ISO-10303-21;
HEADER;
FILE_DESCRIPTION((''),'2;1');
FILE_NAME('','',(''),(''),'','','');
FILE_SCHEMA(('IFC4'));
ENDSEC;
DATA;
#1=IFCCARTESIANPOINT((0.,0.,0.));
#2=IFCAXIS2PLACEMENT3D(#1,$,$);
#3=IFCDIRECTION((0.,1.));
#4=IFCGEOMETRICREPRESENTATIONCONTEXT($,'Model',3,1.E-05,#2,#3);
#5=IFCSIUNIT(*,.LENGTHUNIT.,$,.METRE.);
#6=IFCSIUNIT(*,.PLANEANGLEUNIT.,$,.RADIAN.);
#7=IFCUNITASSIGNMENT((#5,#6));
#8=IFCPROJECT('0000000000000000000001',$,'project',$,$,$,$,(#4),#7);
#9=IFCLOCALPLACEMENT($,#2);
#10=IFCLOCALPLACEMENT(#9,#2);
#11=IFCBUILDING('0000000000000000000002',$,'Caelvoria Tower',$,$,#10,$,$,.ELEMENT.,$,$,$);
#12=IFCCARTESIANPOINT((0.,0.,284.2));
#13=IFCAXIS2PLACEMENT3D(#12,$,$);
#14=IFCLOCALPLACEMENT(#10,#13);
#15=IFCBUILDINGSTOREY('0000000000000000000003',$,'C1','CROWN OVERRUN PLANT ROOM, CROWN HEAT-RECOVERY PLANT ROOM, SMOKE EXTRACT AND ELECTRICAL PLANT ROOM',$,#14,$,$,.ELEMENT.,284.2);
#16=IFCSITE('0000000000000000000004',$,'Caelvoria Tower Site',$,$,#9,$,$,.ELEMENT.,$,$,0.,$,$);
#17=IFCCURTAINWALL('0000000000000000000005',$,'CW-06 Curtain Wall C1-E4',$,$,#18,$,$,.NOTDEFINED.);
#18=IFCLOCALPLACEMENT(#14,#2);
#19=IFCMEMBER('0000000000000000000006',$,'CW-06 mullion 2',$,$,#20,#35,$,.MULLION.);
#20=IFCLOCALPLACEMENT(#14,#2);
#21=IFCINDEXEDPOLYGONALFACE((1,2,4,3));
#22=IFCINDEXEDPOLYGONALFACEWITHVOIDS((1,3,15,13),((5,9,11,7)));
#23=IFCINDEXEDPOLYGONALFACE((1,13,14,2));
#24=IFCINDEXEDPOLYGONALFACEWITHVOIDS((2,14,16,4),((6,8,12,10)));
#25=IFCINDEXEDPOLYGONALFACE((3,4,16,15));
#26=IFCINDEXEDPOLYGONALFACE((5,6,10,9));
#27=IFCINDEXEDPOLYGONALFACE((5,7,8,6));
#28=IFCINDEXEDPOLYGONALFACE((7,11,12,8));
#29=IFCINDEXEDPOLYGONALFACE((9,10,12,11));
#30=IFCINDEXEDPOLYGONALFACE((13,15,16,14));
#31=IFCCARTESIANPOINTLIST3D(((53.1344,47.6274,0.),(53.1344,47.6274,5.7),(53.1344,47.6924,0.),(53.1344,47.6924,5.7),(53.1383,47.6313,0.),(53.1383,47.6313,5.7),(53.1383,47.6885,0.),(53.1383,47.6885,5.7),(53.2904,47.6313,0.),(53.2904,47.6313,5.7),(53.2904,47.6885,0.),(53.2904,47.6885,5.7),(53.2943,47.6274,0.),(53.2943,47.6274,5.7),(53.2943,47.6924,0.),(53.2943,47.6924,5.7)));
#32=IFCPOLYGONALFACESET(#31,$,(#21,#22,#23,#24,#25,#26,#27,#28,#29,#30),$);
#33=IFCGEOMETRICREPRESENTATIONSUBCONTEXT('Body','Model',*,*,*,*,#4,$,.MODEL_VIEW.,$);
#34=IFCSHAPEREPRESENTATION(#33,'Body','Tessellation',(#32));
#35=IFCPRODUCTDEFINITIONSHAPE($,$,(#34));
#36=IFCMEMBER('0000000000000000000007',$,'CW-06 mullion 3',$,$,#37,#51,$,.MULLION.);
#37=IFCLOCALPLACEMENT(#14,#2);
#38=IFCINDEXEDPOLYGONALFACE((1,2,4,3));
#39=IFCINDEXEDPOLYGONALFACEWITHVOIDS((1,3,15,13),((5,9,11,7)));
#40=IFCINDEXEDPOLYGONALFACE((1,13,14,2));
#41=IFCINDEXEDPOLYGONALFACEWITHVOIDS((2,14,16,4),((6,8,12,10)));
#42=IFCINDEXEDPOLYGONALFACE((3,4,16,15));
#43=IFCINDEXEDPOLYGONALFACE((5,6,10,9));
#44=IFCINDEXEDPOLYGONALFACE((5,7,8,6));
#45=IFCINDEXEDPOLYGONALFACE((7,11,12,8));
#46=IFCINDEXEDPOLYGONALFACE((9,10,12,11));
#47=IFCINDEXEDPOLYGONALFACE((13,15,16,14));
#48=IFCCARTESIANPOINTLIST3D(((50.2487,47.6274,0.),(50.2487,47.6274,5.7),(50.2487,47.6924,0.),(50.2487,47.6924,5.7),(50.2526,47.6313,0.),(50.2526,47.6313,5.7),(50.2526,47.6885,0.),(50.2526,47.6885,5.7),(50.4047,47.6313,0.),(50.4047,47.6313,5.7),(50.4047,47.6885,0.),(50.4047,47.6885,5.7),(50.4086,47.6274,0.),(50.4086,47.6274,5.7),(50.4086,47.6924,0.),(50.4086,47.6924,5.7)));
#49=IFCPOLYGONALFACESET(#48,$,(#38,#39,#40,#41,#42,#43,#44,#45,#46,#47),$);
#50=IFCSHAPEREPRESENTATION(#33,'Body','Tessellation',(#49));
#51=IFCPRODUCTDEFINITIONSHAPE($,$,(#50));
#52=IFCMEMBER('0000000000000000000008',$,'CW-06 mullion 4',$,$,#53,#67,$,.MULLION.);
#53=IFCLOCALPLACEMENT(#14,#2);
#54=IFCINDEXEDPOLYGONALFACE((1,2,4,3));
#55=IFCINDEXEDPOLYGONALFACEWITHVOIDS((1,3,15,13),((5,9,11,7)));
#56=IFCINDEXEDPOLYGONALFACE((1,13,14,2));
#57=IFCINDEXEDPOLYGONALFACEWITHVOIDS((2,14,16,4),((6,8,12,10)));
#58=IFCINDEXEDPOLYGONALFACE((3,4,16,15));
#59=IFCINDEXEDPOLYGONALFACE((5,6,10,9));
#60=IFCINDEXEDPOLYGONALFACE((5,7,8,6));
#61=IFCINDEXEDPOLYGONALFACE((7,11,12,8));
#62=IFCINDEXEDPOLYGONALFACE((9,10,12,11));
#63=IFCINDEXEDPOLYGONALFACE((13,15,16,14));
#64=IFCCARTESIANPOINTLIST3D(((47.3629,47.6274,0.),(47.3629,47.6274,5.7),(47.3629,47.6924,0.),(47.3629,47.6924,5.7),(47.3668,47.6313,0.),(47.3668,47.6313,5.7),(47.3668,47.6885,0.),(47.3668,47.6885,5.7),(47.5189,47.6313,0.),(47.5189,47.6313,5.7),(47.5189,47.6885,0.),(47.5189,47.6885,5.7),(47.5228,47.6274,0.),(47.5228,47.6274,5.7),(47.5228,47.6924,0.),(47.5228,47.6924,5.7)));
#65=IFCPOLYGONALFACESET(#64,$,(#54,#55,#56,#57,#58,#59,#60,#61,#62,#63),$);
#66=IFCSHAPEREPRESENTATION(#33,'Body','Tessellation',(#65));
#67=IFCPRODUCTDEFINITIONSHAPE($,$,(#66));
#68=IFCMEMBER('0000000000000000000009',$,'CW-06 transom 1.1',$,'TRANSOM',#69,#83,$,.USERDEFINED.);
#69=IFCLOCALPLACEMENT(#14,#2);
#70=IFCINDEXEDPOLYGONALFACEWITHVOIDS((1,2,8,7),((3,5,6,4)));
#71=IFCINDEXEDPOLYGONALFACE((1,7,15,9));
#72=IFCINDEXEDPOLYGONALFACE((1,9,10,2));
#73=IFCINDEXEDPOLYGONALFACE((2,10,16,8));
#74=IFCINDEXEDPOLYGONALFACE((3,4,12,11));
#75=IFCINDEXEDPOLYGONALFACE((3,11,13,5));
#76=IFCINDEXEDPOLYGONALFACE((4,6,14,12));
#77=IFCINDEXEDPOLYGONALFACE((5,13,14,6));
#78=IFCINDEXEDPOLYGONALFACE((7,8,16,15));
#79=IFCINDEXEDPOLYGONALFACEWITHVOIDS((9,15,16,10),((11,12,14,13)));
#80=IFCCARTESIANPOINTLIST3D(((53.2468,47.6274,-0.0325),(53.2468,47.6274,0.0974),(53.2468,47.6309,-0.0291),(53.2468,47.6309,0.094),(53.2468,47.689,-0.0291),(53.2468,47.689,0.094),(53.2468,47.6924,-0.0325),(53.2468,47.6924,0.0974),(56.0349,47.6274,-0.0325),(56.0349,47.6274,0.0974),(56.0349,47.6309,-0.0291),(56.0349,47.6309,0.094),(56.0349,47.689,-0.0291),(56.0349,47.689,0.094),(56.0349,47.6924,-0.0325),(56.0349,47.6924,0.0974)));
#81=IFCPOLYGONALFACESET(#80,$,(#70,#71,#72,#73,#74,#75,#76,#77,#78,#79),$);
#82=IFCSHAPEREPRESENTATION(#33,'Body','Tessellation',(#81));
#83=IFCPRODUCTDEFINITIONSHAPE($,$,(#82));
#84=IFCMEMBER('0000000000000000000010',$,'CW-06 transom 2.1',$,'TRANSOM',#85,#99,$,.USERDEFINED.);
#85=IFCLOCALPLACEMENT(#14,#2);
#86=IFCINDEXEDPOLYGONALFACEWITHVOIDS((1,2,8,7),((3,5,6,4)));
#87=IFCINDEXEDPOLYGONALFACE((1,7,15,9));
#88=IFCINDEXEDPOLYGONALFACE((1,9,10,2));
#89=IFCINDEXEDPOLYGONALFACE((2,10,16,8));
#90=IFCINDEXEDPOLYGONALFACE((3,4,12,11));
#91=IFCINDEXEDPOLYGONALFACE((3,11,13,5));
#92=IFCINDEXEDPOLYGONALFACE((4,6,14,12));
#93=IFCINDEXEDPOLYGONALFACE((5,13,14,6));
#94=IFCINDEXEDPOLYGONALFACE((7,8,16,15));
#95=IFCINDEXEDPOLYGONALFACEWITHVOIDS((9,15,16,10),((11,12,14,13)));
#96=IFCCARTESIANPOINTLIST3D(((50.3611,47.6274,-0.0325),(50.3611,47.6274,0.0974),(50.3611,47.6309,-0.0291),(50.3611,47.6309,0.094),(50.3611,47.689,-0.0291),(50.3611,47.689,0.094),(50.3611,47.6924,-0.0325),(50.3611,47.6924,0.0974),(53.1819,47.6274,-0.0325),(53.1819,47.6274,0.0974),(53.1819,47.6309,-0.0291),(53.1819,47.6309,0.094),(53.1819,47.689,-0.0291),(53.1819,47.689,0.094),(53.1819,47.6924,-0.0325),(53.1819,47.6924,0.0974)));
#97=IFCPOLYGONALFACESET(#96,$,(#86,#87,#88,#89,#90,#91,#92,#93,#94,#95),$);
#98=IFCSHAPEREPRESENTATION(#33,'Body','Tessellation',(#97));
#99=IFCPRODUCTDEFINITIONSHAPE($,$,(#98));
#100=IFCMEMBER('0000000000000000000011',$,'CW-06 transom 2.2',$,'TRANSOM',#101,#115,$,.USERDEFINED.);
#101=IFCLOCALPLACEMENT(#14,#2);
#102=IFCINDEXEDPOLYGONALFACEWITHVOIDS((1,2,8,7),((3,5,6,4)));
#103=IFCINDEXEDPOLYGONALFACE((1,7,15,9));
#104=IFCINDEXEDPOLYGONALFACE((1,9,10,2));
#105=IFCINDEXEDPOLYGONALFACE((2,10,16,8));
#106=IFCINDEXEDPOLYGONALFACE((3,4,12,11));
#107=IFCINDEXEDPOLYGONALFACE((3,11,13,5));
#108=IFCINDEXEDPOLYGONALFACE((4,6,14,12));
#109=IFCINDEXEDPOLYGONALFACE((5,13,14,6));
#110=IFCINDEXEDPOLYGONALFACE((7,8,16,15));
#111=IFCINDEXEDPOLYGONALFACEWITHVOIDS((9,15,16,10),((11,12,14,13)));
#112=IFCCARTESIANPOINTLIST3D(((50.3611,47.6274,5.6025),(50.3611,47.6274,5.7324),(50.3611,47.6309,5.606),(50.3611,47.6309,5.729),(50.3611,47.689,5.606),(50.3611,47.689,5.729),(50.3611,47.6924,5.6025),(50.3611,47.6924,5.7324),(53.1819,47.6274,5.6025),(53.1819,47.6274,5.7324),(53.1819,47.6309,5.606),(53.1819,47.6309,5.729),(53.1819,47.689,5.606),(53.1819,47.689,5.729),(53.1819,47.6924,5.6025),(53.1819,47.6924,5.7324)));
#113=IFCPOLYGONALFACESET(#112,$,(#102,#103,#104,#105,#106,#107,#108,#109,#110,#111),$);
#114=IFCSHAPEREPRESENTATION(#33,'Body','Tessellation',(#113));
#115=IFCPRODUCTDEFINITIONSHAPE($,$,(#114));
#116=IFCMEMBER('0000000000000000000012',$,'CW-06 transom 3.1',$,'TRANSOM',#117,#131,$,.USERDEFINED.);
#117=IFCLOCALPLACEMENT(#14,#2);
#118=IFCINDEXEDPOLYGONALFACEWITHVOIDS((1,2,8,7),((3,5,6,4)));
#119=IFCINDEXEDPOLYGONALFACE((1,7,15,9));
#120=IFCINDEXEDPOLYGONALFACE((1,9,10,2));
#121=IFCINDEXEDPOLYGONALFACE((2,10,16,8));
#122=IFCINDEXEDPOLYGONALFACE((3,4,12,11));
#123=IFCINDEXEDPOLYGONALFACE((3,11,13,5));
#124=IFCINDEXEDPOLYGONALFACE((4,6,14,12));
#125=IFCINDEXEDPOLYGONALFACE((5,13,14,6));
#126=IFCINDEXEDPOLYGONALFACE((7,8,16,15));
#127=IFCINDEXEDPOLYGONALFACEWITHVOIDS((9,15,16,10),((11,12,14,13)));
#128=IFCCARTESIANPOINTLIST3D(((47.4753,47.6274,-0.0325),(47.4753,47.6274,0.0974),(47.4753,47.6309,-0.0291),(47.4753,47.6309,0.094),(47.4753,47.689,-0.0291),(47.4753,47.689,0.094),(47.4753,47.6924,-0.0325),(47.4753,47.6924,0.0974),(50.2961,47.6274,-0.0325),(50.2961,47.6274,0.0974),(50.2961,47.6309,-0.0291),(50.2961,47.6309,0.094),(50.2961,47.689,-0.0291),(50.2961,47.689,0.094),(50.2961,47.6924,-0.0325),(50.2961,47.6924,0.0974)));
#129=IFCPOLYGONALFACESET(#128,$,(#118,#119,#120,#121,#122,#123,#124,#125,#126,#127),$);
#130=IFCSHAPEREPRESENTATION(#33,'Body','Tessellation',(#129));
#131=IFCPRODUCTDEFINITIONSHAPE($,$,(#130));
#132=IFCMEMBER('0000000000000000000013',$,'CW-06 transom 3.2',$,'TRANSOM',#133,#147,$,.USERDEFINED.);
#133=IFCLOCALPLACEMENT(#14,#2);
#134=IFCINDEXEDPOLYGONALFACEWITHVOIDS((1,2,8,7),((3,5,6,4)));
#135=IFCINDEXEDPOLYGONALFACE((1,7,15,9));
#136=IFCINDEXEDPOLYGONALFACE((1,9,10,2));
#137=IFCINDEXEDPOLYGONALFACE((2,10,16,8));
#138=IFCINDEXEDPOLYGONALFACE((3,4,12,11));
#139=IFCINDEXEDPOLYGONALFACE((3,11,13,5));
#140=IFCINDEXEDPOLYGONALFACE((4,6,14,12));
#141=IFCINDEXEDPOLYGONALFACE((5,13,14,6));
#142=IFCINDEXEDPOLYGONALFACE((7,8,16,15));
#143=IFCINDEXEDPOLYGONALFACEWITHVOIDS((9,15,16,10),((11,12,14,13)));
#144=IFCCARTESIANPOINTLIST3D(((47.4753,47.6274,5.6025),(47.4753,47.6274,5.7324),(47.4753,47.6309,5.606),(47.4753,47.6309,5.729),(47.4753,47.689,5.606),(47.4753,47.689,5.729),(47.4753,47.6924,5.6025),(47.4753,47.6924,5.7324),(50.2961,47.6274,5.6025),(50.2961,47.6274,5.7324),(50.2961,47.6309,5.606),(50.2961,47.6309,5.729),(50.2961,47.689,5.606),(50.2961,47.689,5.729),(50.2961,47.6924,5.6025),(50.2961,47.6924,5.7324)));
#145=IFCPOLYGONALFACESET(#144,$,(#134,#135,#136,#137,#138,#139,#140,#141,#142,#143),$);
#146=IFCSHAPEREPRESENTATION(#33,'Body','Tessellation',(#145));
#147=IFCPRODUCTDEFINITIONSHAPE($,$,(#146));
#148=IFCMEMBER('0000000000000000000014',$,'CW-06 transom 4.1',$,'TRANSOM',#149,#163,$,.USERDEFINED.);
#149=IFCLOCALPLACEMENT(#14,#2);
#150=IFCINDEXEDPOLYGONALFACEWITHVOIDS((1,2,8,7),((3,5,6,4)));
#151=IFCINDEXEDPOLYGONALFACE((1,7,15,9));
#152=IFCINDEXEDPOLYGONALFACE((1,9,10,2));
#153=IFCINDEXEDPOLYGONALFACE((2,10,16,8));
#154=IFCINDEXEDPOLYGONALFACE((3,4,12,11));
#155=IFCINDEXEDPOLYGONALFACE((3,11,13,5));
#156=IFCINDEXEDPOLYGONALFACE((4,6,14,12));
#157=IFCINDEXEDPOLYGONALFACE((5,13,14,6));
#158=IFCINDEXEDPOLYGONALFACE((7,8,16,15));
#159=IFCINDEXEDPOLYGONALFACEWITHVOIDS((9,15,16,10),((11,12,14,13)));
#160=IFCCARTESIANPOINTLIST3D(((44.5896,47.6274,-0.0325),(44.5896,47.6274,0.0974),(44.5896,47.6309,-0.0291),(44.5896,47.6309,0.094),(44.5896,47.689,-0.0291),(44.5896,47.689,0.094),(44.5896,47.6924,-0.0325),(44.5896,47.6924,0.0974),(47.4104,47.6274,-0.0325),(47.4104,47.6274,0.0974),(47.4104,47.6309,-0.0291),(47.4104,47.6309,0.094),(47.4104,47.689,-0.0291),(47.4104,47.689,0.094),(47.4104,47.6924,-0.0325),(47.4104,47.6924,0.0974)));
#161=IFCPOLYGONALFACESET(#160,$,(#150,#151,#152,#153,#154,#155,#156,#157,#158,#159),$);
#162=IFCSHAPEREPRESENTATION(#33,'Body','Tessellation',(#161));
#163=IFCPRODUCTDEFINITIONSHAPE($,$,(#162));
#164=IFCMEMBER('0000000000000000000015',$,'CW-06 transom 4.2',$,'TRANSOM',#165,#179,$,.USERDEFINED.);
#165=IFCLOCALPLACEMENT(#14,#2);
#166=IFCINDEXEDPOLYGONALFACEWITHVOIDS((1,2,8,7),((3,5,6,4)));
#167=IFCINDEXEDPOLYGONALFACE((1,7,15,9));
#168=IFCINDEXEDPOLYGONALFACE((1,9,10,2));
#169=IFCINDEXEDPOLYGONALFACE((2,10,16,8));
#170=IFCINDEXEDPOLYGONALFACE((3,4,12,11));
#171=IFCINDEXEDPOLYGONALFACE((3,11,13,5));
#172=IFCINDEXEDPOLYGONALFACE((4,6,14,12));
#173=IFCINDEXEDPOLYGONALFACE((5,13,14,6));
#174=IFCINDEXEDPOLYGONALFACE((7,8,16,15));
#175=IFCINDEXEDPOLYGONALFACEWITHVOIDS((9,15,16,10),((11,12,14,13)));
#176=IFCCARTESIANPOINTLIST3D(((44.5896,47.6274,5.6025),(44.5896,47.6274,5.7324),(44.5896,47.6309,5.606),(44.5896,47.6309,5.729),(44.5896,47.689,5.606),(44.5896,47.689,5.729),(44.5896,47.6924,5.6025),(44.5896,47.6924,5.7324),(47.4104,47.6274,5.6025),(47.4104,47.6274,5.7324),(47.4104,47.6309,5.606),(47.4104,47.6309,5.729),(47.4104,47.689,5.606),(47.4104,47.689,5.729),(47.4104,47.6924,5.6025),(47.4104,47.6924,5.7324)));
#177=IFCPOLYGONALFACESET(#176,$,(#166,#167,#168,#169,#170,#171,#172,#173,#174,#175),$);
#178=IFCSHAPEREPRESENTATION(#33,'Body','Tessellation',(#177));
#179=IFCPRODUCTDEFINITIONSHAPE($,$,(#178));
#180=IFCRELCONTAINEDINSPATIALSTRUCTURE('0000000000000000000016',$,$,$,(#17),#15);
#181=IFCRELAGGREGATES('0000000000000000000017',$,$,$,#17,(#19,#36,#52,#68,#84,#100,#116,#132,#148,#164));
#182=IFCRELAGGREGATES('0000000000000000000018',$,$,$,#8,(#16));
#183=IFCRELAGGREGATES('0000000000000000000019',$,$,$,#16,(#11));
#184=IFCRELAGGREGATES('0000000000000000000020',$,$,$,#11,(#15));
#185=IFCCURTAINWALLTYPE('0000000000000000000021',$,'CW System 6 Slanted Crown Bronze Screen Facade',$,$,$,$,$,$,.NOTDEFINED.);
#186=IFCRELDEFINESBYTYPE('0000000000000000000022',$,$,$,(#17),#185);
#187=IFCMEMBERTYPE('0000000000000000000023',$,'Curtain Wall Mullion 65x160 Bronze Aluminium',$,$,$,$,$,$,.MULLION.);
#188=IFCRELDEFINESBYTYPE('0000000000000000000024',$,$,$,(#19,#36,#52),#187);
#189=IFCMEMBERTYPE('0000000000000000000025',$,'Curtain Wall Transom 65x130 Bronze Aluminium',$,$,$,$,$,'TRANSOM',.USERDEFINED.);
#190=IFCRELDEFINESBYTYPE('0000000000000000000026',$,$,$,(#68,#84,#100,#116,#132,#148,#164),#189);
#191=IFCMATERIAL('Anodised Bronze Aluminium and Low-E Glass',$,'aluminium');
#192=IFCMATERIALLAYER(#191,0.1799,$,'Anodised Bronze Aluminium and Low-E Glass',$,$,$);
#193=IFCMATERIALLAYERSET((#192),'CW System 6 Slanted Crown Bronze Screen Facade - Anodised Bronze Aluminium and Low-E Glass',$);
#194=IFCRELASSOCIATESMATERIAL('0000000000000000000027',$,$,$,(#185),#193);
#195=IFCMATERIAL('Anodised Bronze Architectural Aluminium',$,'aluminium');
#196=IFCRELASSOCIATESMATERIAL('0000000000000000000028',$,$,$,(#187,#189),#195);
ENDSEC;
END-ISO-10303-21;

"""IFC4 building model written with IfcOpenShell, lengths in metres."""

from ifc_helpers import new_model, si_unit, direction, frame, origin, origin_2d, place, context, subcontext, project, spatial, hollow_rectangle, extrude, material, layer, layer_set, material_profile, profile_set, type_object, element, aggregate, save


model = new_model("IFC4")

# Units and contexts
model_context = context("Model", 3, precision=1e-05, world=origin(), true_north=direction((0.0, 1.0)))
body_context = subcontext(model_context, "Body", "Model", "MODEL_VIEW")
ifc_project = project(units=[si_unit("LENGTHUNIT", "METRE"), si_unit("PLANEANGLEUNIT", "RADIAN")], contexts=[model_context])

# Site, building, storey
site_placement = place(None, origin())
site = spatial("IfcSite", under=ifc_project, at=site_placement, Name="Caelvoria Tower Site", CompositionType="ELEMENT", RefElevation=0.0)
building_placement = place(site_placement, origin())
building = spatial("IfcBuilding", under=site, at=building_placement, Name="Caelvoria Tower", CompositionType="ELEMENT")
storey_placement = place(building_placement, frame((0.0, 0.0, 284.2)))
storey = spatial("IfcBuildingStorey", under=building, at=storey_placement, Name="C1", Description="CROWN OVERRUN PLANT ROOM, CROWN HEAT-RECOVERY PLANT ROOM, SMOKE EXTRACT AND ELECTRICAL PLANT ROOM", CompositionType="ELEMENT", Elevation=284.2)

# Shared definitions
ifc_material_1 = material(Name="Anodised Bronze Aluminium and Low-E Glass", Category="aluminium")
ifc_layer_1 = layer(ifc_material_1, 0.1799, Name="Anodised Bronze Aluminium and Low-E Glass")
ifc_layer_set_1 = layer_set([ifc_layer_1], Name="CW System 6 Slanted Crown Bronze Screen Facade - Anodised Bronze Aluminium and Low-E Glass")
curtain_wall_type = type_object("IfcCurtainWallType", Name="CW System 6 Slanted Crown Bronze Screen Facade", PredefinedType="NOTDEFINED", material=ifc_layer_set_1)
ifc_material_2 = material(Name="Anodised Bronze Architectural Aluminium", Category="aluminium")
ifc_material_profile_1 = material_profile(ifc_material_2, hollow_rectangle(XDim=0.0649, YDim=0.1599, WallThickness=0.0039, at=origin_2d()), Name="Anodised Bronze Architectural Aluminium")
ifc_profile_set_1 = profile_set([ifc_material_profile_1], Name="CW_MULL_65X160 - Anodised Bronze Architectural Aluminium")
member_type_1 = type_object("IfcMemberType", Name="Curtain Wall Mullion 65x160 Bronze Aluminium", PredefinedType="MULLION", material=ifc_profile_set_1)

# Curtain wall, members
curtain_wall_1_placement = place(storey_placement, origin())
curtain_wall_1 = element("IfcCurtainWall", 1, at=curtain_wall_1_placement, inside=storey, type_object=curtain_wall_type, Name="CW-06 Curtain Wall C1-E4", PredefinedType="NOTDEFINED")
member_1_placement = place(storey_placement, frame((53.2144, 47.6599, 0.0), z_axis=(0.0, 0.0, 1.0), x_axis=(0.0, -1.0, 0.0)))
member_1 = element("IfcMember", 2, at=member_1_placement, type_object=member_type_1, Name="CW-06 mullion 2", PredefinedType="MULLION", context=body_context, shape_type="SweptSolid", body=[
    extrude(hollow_rectangle(XDim=0.0649, YDim=0.1599, WallThickness=0.0039, at=origin_2d()), origin(), (0.0, 0.0, 1.0), 5.7),
])
member_2_placement = place(storey_placement, frame((50.3286, 47.6599, 0.0), z_axis=(0.0, 0.0, 1.0), x_axis=(0.0, -1.0, 0.0)))
member_2 = element("IfcMember", 3, at=member_2_placement, type_object=member_type_1, Name="CW-06 mullion 3", PredefinedType="MULLION", context=body_context, shape_type="SweptSolid", body=[
    extrude(hollow_rectangle(XDim=0.0649, YDim=0.1599, WallThickness=0.0039, at=origin_2d()), origin(), (0.0, 0.0, 1.0), 5.7),
])
member_3_placement = place(storey_placement, frame((47.4429, 47.6599, 0.0), z_axis=(0.0, 0.0, 1.0), x_axis=(0.0, -1.0, 0.0)))
member_3 = element("IfcMember", 4, at=member_3_placement, type_object=member_type_1, Name="CW-06 mullion 4", PredefinedType="MULLION", context=body_context, shape_type="SweptSolid", body=[
    extrude(hollow_rectangle(XDim=0.0649, YDim=0.1599, WallThickness=0.0039, at=origin_2d()), origin(), (0.0, 0.0, 1.0), 5.7),
])
ifc_material_profile_2 = material_profile(ifc_material_2, hollow_rectangle(XDim=0.0649, YDim=0.1299, WallThickness=0.0034, at=origin_2d()), Name="Anodised Bronze Architectural Aluminium")
ifc_profile_set_2 = profile_set([ifc_material_profile_2], Name="CW_TRAN_65X130 - Anodised Bronze Architectural Aluminium")
member_type_2 = type_object("IfcMemberType", Name="Curtain Wall Transom 65x130 Bronze Aluminium", ElementType="TRANSOM", PredefinedType="USERDEFINED", material=ifc_profile_set_2)
member_4_placement = place(storey_placement, frame((56.0349, 47.6599, 0.0325), z_axis=(-1.0, 0.0, 0.0), x_axis=(0.0, -1.0, 0.0)))
member_4 = element("IfcMember", 5, at=member_4_placement, type_object=member_type_2, Name="CW-06 transom 1.1", ObjectType="TRANSOM", PredefinedType="USERDEFINED", context=body_context, shape_type="SweptSolid", body=[
    extrude(hollow_rectangle(XDim=0.0649, YDim=0.1299, WallThickness=0.0034, at=origin_2d()), origin(), (0.0, 0.0, 1.0), 2.7881),
])
member_5_placement = place(storey_placement, frame((53.1819, 47.6599, 0.0325), z_axis=(-1.0, 0.0, 0.0), x_axis=(0.0, -1.0, 0.0)))
member_5 = element("IfcMember", 6, at=member_5_placement, type_object=member_type_2, Name="CW-06 transom 2.1", ObjectType="TRANSOM", PredefinedType="USERDEFINED", context=body_context, shape_type="SweptSolid", body=[
    extrude(hollow_rectangle(XDim=0.0649, YDim=0.1299, WallThickness=0.0034, at=origin_2d()), origin(), (0.0, 0.0, 1.0), 2.8208),
])
member_6_placement = place(storey_placement, frame((53.1819, 47.6599, 5.6675), z_axis=(-1.0, 0.0, 0.0), x_axis=(0.0, -1.0, 0.0)))
member_6 = element("IfcMember", 7, at=member_6_placement, type_object=member_type_2, Name="CW-06 transom 2.2", ObjectType="TRANSOM", PredefinedType="USERDEFINED", context=body_context, shape_type="SweptSolid", body=[
    extrude(hollow_rectangle(XDim=0.0649, YDim=0.1299, WallThickness=0.0034, at=origin_2d()), origin(), (0.0, 0.0, 1.0), 2.8208),
])
member_7_placement = place(storey_placement, frame((50.2961, 47.6599, 0.0325), z_axis=(-1.0, 0.0, 0.0), x_axis=(0.0, -1.0, 0.0)))
member_7 = element("IfcMember", 8, at=member_7_placement, type_object=member_type_2, Name="CW-06 transom 3.1", ObjectType="TRANSOM", PredefinedType="USERDEFINED", context=body_context, shape_type="SweptSolid", body=[
    extrude(hollow_rectangle(XDim=0.0649, YDim=0.1299, WallThickness=0.0034, at=origin_2d()), origin(), (0.0, 0.0, 1.0), 2.8208),
])
member_8_placement = place(storey_placement, frame((50.2961, 47.6599, 5.6675), z_axis=(-1.0, 0.0, 0.0), x_axis=(0.0, -1.0, 0.0)))
member_8 = element("IfcMember", 9, at=member_8_placement, type_object=member_type_2, Name="CW-06 transom 3.2", ObjectType="TRANSOM", PredefinedType="USERDEFINED", context=body_context, shape_type="SweptSolid", body=[
    extrude(hollow_rectangle(XDim=0.0649, YDim=0.1299, WallThickness=0.0034, at=origin_2d()), origin(), (0.0, 0.0, 1.0), 2.8208),
])
member_9_placement = place(storey_placement, frame((47.4104, 47.6599, 0.0325), z_axis=(-1.0, 0.0, 0.0), x_axis=(0.0, -1.0, 0.0)))
member_9 = element("IfcMember", 10, at=member_9_placement, type_object=member_type_2, Name="CW-06 transom 4.1", ObjectType="TRANSOM", PredefinedType="USERDEFINED", context=body_context, shape_type="SweptSolid", body=[
    extrude(hollow_rectangle(XDim=0.0649, YDim=0.1299, WallThickness=0.0034, at=origin_2d()), origin(), (0.0, 0.0, 1.0), 2.8208),
])
member_10_placement = place(storey_placement, frame((47.4104, 47.6599, 5.6675), z_axis=(-1.0, 0.0, 0.0), x_axis=(0.0, -1.0, 0.0)))
member_10 = element("IfcMember", 11, at=member_10_placement, type_object=member_type_2, Name="CW-06 transom 4.2", ObjectType="TRANSOM", PredefinedType="USERDEFINED", context=body_context, shape_type="SweptSolid", body=[
    extrude(hollow_rectangle(XDim=0.0649, YDim=0.1299, WallThickness=0.0034, at=origin_2d()), origin(), (0.0, 0.0, 1.0), 2.8208),
])

aggregate(curtain_wall_1, [member_1, member_2, member_3, member_4, member_5, member_6, member_7, member_8, member_9, member_10])

save(model, "model.ifc")
